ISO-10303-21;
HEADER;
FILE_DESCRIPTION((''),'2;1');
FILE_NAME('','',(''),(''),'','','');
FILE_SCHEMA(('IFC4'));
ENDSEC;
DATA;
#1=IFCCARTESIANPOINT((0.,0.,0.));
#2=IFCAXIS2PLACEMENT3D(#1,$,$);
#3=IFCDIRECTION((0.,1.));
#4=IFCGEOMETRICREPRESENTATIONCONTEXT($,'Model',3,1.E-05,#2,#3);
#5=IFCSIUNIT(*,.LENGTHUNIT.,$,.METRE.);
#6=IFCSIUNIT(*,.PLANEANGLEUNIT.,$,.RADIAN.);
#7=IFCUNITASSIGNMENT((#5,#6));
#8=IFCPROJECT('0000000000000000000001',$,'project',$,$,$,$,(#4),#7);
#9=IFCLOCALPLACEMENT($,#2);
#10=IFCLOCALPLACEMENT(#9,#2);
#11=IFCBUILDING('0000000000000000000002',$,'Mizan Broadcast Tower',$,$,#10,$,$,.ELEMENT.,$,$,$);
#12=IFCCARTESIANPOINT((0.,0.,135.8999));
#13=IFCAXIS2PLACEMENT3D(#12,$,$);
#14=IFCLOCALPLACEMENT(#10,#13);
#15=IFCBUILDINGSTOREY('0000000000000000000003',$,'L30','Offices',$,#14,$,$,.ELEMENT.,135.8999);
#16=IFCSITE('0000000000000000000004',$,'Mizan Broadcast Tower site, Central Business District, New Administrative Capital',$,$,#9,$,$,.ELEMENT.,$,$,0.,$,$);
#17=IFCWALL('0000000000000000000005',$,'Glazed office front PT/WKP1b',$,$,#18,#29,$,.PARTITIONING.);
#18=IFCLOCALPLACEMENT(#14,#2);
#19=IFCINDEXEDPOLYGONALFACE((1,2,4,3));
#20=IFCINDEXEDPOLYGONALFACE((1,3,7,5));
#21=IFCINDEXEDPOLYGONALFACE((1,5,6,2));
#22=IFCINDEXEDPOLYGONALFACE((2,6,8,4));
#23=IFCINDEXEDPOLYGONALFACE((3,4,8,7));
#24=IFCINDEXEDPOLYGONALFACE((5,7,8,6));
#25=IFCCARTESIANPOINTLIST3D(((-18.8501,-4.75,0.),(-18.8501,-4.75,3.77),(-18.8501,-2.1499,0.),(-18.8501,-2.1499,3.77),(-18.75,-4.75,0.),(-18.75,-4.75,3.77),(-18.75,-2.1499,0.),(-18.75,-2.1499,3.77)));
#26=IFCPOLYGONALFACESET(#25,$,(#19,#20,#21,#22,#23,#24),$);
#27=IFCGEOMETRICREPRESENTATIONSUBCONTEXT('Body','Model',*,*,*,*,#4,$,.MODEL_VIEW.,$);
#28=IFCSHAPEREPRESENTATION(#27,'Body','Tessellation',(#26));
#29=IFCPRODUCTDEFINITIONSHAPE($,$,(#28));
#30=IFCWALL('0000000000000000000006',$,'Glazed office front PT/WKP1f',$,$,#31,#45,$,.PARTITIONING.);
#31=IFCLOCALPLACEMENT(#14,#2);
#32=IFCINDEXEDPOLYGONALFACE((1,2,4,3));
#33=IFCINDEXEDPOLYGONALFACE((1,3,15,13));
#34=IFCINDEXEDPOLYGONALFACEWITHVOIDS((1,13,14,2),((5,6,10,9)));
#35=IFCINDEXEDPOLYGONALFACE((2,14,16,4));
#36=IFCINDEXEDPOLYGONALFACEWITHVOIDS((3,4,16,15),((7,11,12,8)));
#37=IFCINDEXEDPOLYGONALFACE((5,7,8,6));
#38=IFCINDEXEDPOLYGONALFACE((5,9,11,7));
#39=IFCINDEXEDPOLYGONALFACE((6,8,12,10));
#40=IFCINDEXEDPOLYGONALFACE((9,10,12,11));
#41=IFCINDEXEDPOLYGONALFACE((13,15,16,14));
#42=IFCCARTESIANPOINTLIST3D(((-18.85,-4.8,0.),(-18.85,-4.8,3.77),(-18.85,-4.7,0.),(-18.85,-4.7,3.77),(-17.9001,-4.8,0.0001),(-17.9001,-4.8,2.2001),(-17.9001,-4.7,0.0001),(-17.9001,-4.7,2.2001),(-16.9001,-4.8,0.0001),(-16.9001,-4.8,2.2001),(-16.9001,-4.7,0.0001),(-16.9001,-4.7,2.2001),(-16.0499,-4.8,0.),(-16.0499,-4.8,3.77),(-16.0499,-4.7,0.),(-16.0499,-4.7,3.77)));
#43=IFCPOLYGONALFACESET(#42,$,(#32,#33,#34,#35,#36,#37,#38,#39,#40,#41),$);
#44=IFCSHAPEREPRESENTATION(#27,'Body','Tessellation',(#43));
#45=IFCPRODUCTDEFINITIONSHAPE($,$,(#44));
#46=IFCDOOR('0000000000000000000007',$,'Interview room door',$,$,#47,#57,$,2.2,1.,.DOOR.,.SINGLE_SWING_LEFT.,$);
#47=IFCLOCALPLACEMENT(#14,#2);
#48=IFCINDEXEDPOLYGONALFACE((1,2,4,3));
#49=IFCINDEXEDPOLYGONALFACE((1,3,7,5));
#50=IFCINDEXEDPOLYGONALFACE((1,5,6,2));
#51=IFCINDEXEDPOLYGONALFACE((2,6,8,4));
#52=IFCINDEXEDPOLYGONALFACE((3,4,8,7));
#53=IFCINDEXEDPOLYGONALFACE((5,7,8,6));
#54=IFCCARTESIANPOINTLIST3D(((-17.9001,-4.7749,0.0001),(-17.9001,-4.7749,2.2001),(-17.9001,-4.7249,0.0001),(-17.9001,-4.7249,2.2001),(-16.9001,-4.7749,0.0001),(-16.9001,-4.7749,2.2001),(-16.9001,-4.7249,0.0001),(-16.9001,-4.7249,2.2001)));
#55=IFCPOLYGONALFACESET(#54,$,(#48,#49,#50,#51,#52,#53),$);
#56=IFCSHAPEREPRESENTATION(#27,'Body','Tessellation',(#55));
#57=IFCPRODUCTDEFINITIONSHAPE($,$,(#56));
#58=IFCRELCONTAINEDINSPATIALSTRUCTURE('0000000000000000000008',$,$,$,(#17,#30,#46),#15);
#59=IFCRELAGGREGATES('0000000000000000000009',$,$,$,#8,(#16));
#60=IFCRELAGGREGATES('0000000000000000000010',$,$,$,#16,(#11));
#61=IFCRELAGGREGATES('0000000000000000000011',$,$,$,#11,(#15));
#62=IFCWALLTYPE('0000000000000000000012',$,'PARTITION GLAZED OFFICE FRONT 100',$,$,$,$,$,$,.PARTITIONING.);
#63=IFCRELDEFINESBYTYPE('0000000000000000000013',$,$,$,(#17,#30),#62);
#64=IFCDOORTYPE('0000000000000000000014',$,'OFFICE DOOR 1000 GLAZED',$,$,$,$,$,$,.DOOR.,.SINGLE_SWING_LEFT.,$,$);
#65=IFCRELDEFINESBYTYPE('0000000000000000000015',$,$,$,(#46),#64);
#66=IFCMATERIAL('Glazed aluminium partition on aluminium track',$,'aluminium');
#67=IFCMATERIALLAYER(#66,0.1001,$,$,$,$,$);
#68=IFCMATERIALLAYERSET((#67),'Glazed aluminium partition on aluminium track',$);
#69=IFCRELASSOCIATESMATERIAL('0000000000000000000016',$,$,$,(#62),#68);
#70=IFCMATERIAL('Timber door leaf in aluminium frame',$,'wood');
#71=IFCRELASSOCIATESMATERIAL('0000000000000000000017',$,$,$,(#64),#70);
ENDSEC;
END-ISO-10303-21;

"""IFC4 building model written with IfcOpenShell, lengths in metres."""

from ifc_helpers import new_model, si_unit, direction, frame, frame_2d, origin, place, context, subcontext, project, spatial, rectangle, extrude, material, layer, layer_set, type_object, element, fill, save


model = new_model("IFC4")

# Units and contexts
model_context = context("Model", 3, precision=1e-05, world=origin(), true_north=direction((0.0, 1.0)))
body_context = subcontext(model_context, "Body", "Model", "MODEL_VIEW")
ifc_project = project(units=[si_unit("LENGTHUNIT", "METRE"), si_unit("PLANEANGLEUNIT", "RADIAN")], contexts=[model_context])

# Site, building, storey
site_placement = place(None, origin())
site = spatial("IfcSite", under=ifc_project, at=site_placement, Name="Mizan Broadcast Tower site, Central Business District, New Administrative Capital", CompositionType="ELEMENT", RefElevation=0.0)
building_placement = place(site_placement, origin())
building = spatial("IfcBuilding", under=site, at=building_placement, Name="Mizan Broadcast Tower", CompositionType="ELEMENT")
storey_placement = place(building_placement, frame((0.0, 0.0, 135.8999)))
storey = spatial("IfcBuildingStorey", under=building, at=storey_placement, Name="L30", Description="Offices", CompositionType="ELEMENT", Elevation=135.8999)

# Shared definitions
ifc_material_1 = material(Name="Glazed aluminium partition on aluminium track", Category="aluminium")
ifc_layer_1 = layer(ifc_material_1, 0.1001)
ifc_layer_set_1 = layer_set([ifc_layer_1], Name="Glazed aluminium partition on aluminium track")
wall_type_1 = type_object("IfcWallType", Name="PARTITION GLAZED OFFICE FRONT 100", PredefinedType="PARTITIONING", material=ifc_layer_set_1)
ifc_material_2 = material(Name="Timber door leaf in aluminium frame", Category="wood")
door_type_1 = type_object("IfcDoorType", Name="OFFICE DOOR 1000 GLAZED", OperationType="SINGLE_SWING_LEFT", PredefinedType="DOOR", material=ifc_material_2)

# Wall
for number, where, z_axis, x_axis, name in (
    (1, (-18.8, -2.1499, 0.0), (0.0, 0.0, 1.0), (0.0, -1.0, 0.0), "Glazed office front PT/WKP1b"),
):
    element("IfcWall", number, at=place(storey_placement, frame(where, z_axis=z_axis, x_axis=x_axis)), inside=storey, type_object=wall_type_1, Name=name, PredefinedType="PARTITIONING", context=body_context, shape_type="SweptSolid", body=[
        extrude(rectangle(XDim=2.6001, YDim=0.1001, at=frame_2d((1.3, 0.0))), origin(), (0.0, 0.0, 1.0), 3.77),
    ])

# Wall, opening, door
wall_1_placement = place(storey_placement, frame((-16.05, -4.75, 0.0), z_axis=(0.0, 0.0, 1.0), x_axis=(-1.0, 0.0, 0.0)))
wall_1 = element("IfcWall", 2, at=wall_1_placement, inside=storey, type_object=wall_type_1, Name="Glazed office front PT/WKP1f", PredefinedType="PARTITIONING", context=body_context, shape_type="SweptSolid", body=[
    extrude(rectangle(XDim=2.8, YDim=0.1001, at=frame_2d((1.3999, 0.0))), origin(), (0.0, 0.0, 1.0), 3.77),
])
opening_1_placement = place(wall_1_placement, frame((0.8501, 0.0, 0.0)))
opening_1 = element("IfcOpeningElement", 3, at=opening_1_placement, cuts=wall_1, PredefinedType="OPENING", context=body_context, shape_type="SweptSolid", body=[
    extrude(rectangle(XDim=1.0, YDim=2.2, at=frame_2d((0.5, 1.1001))), frame((0.0, 0.0601, 0.0), z_axis=(0.0, -1.0, 0.0), x_axis=(1.0, 0.0, 0.0)), (0.0, 0.0, 1.0), 0.1201),
])
door_1_placement = place(opening_1_placement, origin())
door_1 = element("IfcDoor", 4, at=door_1_placement, inside=storey, type_object=door_type_1, Name="Interview room door", OperationType="SINGLE_SWING_LEFT", OverallHeight=2.2, OverallWidth=1.0, PredefinedType="DOOR", context=body_context, shape_type="SweptSolid", body=[
    extrude(rectangle(XDim=1.0, YDim=2.2, at=frame_2d((0.5, 1.1001))), frame((0.0, 0.0249, 0.0), z_axis=(0.0, -1.0, 0.0), x_axis=(1.0, 0.0, 0.0)), (0.0, 0.0, 1.0), 0.05),
])
fill(opening_1, door_1)

save(model, "model.ifc")
